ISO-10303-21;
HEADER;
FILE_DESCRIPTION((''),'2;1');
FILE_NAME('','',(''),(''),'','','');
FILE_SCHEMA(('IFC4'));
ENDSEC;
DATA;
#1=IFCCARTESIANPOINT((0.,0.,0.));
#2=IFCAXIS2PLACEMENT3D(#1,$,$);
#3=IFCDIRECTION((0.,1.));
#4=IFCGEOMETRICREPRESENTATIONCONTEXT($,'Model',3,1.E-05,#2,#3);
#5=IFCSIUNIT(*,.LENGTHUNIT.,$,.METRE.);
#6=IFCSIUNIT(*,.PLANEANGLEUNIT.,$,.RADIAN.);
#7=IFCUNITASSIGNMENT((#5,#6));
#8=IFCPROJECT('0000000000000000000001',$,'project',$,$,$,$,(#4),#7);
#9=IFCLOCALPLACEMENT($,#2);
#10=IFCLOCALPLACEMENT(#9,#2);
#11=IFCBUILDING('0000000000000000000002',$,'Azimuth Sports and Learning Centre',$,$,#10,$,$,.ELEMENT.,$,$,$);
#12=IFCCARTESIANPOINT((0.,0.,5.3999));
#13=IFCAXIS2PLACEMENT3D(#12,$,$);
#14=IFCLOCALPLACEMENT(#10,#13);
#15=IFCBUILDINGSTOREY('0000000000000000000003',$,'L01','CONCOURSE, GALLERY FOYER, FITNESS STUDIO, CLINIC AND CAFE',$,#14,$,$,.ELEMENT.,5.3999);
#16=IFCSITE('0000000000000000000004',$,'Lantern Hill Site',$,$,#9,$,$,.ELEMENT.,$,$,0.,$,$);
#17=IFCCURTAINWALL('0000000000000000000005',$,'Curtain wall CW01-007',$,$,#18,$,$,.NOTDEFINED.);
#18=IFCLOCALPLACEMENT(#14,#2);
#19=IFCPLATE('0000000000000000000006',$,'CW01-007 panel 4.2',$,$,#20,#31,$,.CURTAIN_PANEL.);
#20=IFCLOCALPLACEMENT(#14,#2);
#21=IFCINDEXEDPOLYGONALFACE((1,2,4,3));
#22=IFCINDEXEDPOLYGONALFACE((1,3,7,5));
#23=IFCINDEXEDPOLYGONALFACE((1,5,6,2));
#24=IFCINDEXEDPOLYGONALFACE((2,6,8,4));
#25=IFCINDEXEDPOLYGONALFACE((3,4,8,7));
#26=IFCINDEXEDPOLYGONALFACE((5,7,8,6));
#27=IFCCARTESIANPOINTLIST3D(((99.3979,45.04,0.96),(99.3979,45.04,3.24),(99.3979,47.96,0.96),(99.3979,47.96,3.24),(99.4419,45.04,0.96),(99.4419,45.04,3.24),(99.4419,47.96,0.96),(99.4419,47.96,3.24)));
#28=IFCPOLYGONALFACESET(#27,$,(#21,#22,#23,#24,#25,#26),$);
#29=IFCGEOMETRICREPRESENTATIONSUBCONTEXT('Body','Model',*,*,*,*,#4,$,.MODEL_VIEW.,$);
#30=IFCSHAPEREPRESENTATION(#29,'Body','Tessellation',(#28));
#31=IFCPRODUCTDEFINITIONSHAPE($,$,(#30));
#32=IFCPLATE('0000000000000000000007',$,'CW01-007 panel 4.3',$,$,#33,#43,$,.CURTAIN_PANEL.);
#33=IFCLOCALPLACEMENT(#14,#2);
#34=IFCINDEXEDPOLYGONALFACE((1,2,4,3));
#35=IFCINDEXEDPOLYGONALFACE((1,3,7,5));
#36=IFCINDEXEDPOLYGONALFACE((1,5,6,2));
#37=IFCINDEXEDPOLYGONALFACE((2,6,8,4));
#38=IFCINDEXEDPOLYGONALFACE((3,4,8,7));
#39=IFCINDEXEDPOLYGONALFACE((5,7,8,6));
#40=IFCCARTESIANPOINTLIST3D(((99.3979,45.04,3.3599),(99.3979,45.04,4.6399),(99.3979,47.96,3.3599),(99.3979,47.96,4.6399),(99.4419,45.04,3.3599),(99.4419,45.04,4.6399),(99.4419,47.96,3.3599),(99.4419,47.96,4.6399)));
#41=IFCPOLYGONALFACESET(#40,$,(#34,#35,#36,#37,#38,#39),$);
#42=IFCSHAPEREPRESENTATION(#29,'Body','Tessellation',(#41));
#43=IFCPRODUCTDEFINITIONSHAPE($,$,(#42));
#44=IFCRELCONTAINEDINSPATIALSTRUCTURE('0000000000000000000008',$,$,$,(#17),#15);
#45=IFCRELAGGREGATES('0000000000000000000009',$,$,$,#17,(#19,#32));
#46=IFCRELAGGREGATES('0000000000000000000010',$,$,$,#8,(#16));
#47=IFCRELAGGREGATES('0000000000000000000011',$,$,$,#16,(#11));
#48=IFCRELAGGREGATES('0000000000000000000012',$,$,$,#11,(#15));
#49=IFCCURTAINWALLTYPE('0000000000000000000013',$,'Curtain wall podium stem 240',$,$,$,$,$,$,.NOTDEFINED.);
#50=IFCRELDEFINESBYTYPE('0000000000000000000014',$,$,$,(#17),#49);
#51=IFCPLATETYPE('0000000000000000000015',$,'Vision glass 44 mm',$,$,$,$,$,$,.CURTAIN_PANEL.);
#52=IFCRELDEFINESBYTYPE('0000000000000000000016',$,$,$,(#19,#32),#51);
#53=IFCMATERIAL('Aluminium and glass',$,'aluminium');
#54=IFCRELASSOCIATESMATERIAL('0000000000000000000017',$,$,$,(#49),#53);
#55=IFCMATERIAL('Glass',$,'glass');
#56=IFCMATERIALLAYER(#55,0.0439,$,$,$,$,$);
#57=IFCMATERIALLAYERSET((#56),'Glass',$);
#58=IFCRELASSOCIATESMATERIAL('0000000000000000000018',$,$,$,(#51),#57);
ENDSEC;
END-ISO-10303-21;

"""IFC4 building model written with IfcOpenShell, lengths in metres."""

from ifc_helpers import new_model, si_unit, direction, frame, origin, origin_2d, place, context, subcontext, project, spatial, rectangle, extrude, material, layer, layer_set, type_object, element, aggregate, save


model = new_model("IFC4")

# Units and contexts
model_context = context("Model", 3, precision=1e-05, world=origin(), true_north=direction((0.0, 1.0)))
body_context = subcontext(model_context, "Body", "Model", "MODEL_VIEW")
ifc_project = project(units=[si_unit("LENGTHUNIT", "METRE"), si_unit("PLANEANGLEUNIT", "RADIAN")], contexts=[model_context])

# Site, building, storey
site_placement = place(None, origin())
site = spatial("IfcSite", under=ifc_project, at=site_placement, Name="Lantern Hill Site", CompositionType="ELEMENT", RefElevation=0.0)
building_placement = place(site_placement, origin())
building = spatial("IfcBuilding", under=site, at=building_placement, Name="Azimuth Sports and Learning Centre", CompositionType="ELEMENT")
storey_placement = place(building_placement, frame((0.0, 0.0, 5.3999)))
storey = spatial("IfcBuildingStorey", under=building, at=storey_placement, Name="L01", Description="CONCOURSE, GALLERY FOYER, FITNESS STUDIO, CLINIC AND CAFE", CompositionType="ELEMENT", Elevation=5.3999)

# Curtain wall, plates
ifc_material_1 = material(Name="Aluminium and glass", Category="aluminium")
curtain_wall_type = type_object("IfcCurtainWallType", Name="Curtain wall podium stem 240", PredefinedType="NOTDEFINED", material=ifc_material_1)
curtain_wall_placement = place(storey_placement, origin())
curtain_wall = element("IfcCurtainWall", 1, at=curtain_wall_placement, inside=storey, type_object=curtain_wall_type, Name="Curtain wall CW01-007", PredefinedType="NOTDEFINED")
ifc_material_2 = material(Name="Glass", Category="glass")
ifc_layer_1 = layer(ifc_material_2, 0.0439)
ifc_layer_set_1 = layer_set([ifc_layer_1], Name="Glass")
plate_type_1 = type_object("IfcPlateType", Name="Vision glass 44 mm", PredefinedType="CURTAIN_PANEL", material=ifc_layer_set_1)
plate_1_placement = place(storey_placement, frame((99.4199, 46.5, 0.96), z_axis=(0.0, 0.0, 1.0), x_axis=(0.0, 1.0, 0.0)))
plate_1 = element("IfcPlate", 2, at=plate_1_placement, type_object=plate_type_1, Name="CW01-007 panel 4.2", PredefinedType="CURTAIN_PANEL", context=body_context, shape_type="SweptSolid", body=[
    extrude(rectangle(XDim=2.9199, YDim=0.0439, at=origin_2d()), origin(), (0.0, 0.0, 1.0), 2.28),
])
plate_2_placement = place(storey_placement, frame((99.4199, 46.5, 3.3599), z_axis=(0.0, 0.0, 1.0), x_axis=(0.0, 1.0, 0.0)))
plate_2 = element("IfcPlate", 3, at=plate_2_placement, type_object=plate_type_1, Name="CW01-007 panel 4.3", PredefinedType="CURTAIN_PANEL", context=body_context, shape_type="SweptSolid", body=[
    extrude(rectangle(XDim=2.9199, YDim=0.0439, at=origin_2d()), origin(), (0.0, 0.0, 1.0), 1.28),
])
aggregate(curtain_wall, [plate_1, plate_2])

save(model, "model.ifc")
